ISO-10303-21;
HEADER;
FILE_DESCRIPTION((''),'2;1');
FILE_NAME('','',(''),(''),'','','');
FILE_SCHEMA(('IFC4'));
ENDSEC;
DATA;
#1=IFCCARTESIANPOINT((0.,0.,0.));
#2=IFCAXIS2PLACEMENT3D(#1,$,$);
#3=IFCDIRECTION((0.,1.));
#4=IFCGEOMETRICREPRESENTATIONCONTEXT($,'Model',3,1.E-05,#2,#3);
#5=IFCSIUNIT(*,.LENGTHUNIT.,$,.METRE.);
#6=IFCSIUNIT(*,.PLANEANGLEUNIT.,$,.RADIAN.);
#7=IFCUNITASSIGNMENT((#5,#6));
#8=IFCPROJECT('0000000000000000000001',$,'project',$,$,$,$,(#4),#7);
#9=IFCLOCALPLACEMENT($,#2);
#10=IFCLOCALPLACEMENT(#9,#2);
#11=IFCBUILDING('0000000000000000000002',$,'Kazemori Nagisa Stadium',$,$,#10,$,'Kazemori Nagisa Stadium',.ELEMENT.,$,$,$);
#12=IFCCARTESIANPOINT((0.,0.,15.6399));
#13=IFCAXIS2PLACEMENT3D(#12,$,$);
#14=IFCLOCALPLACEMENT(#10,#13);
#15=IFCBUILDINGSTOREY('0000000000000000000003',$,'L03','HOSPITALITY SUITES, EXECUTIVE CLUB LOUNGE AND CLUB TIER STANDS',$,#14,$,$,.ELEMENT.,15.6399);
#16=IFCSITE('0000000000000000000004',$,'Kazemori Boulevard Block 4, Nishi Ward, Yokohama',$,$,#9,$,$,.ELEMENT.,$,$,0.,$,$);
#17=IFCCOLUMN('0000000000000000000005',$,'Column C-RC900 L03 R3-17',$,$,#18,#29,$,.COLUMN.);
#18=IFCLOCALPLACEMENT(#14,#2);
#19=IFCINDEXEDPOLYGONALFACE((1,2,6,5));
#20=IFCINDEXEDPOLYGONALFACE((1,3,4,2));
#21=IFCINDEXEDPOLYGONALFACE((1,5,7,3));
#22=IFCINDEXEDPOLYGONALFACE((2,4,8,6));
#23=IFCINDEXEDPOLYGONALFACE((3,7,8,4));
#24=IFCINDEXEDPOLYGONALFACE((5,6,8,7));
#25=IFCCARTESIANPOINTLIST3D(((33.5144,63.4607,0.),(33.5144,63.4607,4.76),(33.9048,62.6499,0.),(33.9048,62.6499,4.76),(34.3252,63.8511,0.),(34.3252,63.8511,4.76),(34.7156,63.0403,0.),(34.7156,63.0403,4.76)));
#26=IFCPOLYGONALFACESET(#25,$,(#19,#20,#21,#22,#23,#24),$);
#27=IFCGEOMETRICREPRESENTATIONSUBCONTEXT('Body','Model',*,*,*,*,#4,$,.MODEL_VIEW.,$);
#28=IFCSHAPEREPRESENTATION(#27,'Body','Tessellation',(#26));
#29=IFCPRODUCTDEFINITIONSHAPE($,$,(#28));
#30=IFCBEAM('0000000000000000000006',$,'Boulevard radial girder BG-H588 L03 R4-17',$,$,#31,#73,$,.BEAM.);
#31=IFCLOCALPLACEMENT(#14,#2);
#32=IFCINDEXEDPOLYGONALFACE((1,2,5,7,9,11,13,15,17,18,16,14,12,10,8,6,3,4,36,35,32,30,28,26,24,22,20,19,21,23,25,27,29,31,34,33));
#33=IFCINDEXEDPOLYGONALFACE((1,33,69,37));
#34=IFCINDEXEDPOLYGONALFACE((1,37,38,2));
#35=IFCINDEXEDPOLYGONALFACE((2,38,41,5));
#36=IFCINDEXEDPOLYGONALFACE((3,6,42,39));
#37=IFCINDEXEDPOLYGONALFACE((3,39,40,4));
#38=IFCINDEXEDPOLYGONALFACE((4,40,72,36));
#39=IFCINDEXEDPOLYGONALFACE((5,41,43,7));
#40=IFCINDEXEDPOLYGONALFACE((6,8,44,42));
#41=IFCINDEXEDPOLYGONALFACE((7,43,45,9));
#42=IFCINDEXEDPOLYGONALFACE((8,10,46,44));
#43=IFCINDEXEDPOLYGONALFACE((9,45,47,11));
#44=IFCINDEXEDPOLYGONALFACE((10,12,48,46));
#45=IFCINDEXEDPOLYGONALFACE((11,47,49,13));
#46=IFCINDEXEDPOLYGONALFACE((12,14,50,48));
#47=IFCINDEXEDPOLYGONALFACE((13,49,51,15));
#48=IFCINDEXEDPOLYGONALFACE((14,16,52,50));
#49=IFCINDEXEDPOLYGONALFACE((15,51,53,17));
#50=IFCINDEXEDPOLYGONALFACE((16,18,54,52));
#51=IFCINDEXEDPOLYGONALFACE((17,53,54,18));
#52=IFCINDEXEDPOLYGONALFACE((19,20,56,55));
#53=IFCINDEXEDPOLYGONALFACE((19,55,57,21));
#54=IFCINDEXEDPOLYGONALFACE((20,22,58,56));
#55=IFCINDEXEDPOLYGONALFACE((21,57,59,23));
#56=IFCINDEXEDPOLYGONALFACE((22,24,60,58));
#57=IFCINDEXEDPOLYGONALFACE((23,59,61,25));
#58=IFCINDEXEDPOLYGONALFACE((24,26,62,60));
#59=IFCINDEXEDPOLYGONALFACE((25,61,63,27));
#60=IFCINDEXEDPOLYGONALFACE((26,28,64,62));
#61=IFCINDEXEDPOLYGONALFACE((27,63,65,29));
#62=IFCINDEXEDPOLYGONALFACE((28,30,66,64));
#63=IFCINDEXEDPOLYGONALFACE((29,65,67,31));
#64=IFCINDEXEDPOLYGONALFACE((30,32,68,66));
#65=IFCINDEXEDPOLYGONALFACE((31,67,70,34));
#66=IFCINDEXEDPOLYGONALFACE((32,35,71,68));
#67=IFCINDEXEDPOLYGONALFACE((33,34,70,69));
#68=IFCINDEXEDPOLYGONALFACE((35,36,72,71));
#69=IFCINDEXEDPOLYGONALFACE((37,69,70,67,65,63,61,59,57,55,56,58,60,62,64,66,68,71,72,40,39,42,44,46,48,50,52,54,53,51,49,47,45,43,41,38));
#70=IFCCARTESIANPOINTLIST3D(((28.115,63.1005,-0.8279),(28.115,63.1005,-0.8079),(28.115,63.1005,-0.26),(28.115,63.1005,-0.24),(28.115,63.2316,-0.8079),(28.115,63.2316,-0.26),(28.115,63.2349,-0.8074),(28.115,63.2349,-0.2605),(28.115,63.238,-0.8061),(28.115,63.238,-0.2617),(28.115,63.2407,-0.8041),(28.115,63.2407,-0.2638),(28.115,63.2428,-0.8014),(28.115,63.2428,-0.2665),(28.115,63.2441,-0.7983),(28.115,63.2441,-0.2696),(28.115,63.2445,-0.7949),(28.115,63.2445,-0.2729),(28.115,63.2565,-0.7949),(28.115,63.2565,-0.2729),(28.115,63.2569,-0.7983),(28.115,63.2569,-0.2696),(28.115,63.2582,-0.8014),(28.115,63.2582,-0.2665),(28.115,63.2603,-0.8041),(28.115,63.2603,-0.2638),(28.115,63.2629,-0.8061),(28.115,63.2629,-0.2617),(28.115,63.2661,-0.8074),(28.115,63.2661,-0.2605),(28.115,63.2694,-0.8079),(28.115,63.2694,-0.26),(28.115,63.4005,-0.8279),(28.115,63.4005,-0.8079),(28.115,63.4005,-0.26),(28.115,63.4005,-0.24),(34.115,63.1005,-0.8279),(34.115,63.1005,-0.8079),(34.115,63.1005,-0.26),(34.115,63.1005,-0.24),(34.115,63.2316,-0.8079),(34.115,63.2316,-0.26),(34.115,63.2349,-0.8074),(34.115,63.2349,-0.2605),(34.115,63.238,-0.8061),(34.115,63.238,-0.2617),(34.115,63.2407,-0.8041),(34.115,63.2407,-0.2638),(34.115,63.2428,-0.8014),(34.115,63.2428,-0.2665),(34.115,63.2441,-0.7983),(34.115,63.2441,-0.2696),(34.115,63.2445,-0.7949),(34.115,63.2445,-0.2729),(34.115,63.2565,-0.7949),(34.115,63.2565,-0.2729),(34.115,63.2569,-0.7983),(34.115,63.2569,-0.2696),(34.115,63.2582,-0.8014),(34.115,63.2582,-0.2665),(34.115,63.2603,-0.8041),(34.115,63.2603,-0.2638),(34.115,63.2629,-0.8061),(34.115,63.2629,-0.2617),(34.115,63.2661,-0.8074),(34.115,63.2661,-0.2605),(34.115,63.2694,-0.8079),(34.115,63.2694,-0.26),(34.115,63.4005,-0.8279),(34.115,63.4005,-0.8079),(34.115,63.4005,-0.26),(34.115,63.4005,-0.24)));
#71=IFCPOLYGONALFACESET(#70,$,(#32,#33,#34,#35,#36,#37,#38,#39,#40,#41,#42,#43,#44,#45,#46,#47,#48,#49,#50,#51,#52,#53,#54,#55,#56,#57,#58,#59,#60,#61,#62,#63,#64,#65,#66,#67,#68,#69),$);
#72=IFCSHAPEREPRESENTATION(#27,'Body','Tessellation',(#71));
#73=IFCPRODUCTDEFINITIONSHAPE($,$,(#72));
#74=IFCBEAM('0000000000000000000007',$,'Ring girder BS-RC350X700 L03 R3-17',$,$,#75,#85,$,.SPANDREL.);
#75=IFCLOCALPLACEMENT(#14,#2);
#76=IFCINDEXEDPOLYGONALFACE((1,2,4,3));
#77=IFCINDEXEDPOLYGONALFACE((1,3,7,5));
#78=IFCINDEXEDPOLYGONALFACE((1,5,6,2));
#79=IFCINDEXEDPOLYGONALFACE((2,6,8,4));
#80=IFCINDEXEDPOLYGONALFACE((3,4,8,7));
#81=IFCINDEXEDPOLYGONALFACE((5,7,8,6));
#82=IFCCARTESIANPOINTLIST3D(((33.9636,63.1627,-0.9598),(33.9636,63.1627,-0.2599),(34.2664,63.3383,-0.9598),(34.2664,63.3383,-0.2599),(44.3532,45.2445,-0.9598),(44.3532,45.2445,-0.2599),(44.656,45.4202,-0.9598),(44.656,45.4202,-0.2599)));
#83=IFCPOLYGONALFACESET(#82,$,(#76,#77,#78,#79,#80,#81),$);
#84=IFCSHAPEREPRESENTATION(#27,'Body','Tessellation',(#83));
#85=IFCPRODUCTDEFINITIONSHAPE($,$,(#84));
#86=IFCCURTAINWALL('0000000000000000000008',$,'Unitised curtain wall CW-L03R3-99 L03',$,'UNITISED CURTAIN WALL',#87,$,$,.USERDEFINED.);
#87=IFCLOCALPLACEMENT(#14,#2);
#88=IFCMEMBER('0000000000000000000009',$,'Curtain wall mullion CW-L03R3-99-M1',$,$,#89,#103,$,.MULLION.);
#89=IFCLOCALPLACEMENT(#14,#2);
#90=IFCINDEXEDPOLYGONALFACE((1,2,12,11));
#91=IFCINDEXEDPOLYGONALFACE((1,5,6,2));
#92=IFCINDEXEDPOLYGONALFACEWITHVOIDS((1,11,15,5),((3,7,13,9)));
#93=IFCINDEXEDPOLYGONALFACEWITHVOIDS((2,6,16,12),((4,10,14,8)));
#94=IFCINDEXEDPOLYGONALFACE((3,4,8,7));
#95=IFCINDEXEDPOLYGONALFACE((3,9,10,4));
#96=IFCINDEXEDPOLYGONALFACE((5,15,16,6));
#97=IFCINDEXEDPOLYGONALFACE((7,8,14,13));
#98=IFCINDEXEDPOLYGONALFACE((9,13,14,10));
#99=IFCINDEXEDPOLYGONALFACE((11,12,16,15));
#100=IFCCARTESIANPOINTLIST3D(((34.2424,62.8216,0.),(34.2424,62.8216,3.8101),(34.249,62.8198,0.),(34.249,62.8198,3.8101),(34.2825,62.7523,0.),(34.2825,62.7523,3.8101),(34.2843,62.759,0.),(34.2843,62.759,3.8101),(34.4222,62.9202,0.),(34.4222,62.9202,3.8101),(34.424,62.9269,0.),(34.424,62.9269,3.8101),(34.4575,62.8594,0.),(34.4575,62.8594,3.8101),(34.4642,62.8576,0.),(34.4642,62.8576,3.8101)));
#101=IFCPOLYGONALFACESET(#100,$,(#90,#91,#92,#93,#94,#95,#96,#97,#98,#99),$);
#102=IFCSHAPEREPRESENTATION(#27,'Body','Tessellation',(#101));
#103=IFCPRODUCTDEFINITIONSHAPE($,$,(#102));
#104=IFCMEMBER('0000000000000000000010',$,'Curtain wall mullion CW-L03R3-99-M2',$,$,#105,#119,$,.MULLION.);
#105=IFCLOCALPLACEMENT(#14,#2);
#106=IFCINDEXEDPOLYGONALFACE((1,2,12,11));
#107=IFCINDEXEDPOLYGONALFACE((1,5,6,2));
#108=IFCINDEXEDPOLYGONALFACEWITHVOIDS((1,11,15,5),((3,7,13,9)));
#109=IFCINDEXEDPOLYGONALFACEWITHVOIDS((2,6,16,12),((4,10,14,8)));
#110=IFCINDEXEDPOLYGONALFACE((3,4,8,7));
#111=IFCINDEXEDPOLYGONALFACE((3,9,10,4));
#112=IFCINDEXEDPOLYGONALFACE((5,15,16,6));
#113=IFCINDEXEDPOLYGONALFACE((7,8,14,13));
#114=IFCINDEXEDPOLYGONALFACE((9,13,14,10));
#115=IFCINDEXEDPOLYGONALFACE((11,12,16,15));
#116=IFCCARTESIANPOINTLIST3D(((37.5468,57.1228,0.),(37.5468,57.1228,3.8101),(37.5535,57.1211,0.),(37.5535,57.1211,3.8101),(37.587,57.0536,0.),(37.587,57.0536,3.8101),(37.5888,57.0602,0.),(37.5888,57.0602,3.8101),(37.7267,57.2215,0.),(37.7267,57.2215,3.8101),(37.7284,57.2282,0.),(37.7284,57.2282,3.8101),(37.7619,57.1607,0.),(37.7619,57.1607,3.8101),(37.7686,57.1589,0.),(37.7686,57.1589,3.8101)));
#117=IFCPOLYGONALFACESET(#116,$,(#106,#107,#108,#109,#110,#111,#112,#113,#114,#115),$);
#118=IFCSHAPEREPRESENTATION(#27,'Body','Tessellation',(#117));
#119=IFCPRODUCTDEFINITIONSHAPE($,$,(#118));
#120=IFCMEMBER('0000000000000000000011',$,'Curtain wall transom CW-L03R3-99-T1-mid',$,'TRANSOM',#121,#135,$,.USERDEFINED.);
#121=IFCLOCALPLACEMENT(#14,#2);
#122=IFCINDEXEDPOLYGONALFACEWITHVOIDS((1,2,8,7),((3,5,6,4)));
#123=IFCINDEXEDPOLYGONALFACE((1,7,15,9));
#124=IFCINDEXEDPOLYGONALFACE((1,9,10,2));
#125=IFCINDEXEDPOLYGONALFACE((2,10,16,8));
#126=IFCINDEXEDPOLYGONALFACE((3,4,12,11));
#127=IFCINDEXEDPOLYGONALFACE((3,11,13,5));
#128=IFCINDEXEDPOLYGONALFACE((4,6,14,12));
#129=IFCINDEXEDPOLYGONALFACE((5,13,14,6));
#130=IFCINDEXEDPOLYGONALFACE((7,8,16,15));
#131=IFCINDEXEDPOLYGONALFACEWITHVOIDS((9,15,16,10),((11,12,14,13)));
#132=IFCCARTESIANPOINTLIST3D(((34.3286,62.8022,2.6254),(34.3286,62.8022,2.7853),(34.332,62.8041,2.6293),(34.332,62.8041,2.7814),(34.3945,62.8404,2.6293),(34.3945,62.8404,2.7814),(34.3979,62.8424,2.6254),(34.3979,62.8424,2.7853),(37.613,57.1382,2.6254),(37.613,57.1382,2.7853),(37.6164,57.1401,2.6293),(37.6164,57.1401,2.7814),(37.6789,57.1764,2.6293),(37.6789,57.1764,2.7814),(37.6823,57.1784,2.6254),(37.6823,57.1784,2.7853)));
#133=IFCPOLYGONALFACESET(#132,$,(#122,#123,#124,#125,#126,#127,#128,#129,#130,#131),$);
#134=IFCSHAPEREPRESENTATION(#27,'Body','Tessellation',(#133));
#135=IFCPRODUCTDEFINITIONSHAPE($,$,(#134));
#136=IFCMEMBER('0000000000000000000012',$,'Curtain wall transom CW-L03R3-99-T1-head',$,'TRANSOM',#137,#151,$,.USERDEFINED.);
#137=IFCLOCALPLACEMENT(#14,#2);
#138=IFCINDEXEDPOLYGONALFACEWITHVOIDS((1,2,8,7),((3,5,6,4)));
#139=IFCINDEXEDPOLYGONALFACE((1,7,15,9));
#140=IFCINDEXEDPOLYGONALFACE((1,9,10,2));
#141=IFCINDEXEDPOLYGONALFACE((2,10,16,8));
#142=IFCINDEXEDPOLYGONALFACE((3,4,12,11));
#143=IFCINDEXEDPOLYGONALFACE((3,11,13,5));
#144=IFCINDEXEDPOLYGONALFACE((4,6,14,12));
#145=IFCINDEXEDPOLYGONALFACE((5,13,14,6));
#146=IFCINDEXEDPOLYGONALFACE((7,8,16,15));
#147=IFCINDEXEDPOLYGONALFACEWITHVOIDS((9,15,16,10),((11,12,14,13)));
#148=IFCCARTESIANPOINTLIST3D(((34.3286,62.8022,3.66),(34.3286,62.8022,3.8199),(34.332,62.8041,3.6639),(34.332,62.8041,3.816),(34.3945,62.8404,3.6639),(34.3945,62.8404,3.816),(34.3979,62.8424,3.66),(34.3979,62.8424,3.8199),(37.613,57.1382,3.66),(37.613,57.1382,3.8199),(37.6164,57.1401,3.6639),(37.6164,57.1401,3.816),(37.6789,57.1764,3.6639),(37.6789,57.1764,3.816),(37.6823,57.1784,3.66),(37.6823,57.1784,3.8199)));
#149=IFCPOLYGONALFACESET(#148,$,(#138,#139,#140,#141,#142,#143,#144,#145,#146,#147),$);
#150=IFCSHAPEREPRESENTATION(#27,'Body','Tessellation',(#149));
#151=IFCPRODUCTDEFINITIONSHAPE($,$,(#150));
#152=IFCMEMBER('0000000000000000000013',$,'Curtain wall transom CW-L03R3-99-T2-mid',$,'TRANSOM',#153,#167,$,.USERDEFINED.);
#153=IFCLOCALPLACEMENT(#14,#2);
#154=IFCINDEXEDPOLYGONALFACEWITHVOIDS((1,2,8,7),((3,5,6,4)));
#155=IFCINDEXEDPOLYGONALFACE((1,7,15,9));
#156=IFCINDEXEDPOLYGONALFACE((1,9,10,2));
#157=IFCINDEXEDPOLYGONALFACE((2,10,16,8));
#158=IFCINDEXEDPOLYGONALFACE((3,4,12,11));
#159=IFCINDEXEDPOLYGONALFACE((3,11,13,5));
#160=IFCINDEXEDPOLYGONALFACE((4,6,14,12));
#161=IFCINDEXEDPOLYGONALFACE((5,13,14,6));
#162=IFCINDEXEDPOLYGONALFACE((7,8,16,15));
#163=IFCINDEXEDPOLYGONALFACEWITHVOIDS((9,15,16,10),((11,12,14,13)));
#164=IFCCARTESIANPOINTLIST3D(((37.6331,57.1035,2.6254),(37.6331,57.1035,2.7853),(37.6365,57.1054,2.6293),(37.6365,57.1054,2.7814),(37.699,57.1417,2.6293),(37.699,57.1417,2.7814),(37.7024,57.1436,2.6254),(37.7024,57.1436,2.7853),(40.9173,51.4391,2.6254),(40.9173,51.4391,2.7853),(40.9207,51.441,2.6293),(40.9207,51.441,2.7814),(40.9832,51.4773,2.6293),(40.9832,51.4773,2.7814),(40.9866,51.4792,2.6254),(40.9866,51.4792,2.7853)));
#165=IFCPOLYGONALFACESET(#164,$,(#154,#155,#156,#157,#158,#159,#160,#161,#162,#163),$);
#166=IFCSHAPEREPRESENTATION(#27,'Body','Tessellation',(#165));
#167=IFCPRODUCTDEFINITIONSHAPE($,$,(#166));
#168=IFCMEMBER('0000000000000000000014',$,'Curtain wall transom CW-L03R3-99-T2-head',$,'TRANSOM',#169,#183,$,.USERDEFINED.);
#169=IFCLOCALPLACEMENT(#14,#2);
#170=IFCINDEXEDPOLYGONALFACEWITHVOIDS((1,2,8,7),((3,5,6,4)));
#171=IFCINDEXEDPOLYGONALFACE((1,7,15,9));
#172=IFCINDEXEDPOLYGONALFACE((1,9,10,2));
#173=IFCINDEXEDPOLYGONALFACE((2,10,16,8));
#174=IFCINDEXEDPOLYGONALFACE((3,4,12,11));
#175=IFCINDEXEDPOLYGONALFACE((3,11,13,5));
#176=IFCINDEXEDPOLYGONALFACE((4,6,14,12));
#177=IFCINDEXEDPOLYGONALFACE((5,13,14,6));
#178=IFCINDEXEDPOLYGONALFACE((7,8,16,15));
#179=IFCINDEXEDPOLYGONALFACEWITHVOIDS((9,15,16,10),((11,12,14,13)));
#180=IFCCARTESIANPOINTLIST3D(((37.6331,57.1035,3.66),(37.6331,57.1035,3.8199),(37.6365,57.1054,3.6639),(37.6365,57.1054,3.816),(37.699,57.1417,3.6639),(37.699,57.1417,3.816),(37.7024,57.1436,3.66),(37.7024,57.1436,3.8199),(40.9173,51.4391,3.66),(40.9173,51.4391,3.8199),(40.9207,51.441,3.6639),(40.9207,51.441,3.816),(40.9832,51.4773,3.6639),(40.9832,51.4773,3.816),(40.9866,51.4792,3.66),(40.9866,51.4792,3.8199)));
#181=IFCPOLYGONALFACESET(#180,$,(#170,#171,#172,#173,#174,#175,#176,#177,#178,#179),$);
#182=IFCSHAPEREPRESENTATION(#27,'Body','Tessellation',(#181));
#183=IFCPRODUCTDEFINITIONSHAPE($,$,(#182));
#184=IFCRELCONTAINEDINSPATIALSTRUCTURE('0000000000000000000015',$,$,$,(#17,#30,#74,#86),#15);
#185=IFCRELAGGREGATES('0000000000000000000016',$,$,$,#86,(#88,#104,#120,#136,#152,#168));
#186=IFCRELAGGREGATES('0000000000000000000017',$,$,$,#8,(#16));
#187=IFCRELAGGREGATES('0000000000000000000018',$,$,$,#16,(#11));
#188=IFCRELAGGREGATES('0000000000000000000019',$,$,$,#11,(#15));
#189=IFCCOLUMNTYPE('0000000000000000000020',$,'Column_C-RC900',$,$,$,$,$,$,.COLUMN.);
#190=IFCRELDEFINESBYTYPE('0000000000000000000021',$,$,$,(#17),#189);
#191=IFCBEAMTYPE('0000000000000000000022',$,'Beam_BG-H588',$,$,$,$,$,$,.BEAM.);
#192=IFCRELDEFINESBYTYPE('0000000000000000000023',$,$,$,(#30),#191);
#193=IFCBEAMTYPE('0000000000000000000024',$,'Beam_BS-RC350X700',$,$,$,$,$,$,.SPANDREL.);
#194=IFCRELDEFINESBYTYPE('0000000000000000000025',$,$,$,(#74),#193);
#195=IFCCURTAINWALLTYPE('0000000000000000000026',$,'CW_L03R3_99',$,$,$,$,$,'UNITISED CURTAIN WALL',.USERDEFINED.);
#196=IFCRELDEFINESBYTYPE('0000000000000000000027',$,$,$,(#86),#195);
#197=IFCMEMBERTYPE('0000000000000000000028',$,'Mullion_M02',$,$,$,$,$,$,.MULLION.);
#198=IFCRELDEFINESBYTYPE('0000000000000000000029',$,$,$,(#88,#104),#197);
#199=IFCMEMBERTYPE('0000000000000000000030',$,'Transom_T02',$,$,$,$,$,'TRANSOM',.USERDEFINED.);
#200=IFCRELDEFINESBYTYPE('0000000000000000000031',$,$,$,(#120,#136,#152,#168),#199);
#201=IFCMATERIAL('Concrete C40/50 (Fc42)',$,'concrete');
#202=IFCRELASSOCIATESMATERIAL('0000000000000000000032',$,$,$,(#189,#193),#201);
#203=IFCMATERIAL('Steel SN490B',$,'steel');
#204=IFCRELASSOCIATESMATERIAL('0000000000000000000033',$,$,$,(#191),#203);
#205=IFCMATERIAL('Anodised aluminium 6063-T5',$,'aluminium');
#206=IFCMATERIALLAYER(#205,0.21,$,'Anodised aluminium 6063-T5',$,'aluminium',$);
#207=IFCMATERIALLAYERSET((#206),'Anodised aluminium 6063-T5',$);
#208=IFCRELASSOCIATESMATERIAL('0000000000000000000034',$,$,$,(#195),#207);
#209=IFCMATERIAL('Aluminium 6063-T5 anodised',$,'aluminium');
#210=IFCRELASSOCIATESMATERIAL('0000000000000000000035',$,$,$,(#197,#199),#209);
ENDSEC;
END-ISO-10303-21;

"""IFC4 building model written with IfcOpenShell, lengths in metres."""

from ifc_helpers import new_model, si_unit, direction, frame, origin, origin_2d, place, context, subcontext, project, spatial, rectangle, hollow_rectangle, i_section, extrude, material, layer, layer_set, material_profile, profile_set, type_object, element, aggregate, save


model = new_model("IFC4")

# Units and contexts
model_context = context("Model", 3, precision=1e-05, world=origin(), true_north=direction((0.0, 1.0)))
body_context = subcontext(model_context, "Body", "Model", "MODEL_VIEW")
ifc_project = project(units=[si_unit("LENGTHUNIT", "METRE"), si_unit("PLANEANGLEUNIT", "RADIAN")], contexts=[model_context])

# Site, building, storey
site_placement = place(None, origin())
site = spatial("IfcSite", under=ifc_project, at=site_placement, Name="Kazemori Boulevard Block 4, Nishi Ward, Yokohama", CompositionType="ELEMENT", RefElevation=0.0)
building_placement = place(site_placement, origin())
building = spatial("IfcBuilding", under=site, at=building_placement, Name="Kazemori Nagisa Stadium", LongName="Kazemori Nagisa Stadium", CompositionType="ELEMENT")
storey_placement = place(building_placement, frame((0.0, 0.0, 15.6399)))
storey = spatial("IfcBuildingStorey", under=building, at=storey_placement, Name="L03", Description="HOSPITALITY SUITES, EXECUTIVE CLUB LOUNGE AND CLUB TIER STANDS", CompositionType="ELEMENT", Elevation=15.6399)

# Column
ifc_material_1 = material(Name="Concrete C40/50 (Fc42)", Category="concrete")
ifc_material_profile_1 = material_profile(ifc_material_1, rectangle(XDim=0.8999, YDim=0.8999, at=origin_2d()), Name="RC-COL-900x900")
ifc_profile_set_1 = profile_set([ifc_material_profile_1], Name="Concrete C40/50 (Fc42)")
column_type = type_object("IfcColumnType", Name="Column_C-RC900", PredefinedType="COLUMN", material=ifc_profile_set_1)
column_placement = place(storey_placement, frame((34.115, 63.2505, 0.0), z_axis=(0.0, 0.0, 1.0), x_axis=(-0.900969, -0.433884, 0.0)))
element("IfcColumn", 1, at=column_placement, inside=storey, type_object=column_type, Name="Column C-RC900 L03 R3-17", PredefinedType="COLUMN", context=body_context, shape_type="SweptSolid", body=[
    extrude(rectangle(XDim=0.8999, YDim=0.8999, at=origin_2d()), origin(), (0.0, 0.0, 1.0), 4.76),
])

# Beams
ifc_material_2 = material(Name="Steel SN490B", Category="steel")
ifc_material_profile_2 = material_profile(ifc_material_2, i_section(OverallWidth=0.3, OverallDepth=0.5879, WebThickness=0.012, FlangeThickness=0.02, FilletRadius=0.0129, at=origin_2d()), Name="H-588x300x12x20")
ifc_profile_set_2 = profile_set([ifc_material_profile_2], Name="Steel SN490B")
beam_type_1 = type_object("IfcBeamType", Name="Beam_BG-H588", PredefinedType="BEAM", material=ifc_profile_set_2)
beam_1_placement = place(storey_placement, frame((34.115, 63.2505, -0.5339), z_axis=(-1.0, 0.0, 0.0), x_axis=(0.0, -1.0, 0.0)))
element("IfcBeam", 2, at=beam_1_placement, inside=storey, type_object=beam_type_1, Name="Boulevard radial girder BG-H588 L03 R4-17", PredefinedType="BEAM", context=body_context, shape_type="SweptSolid", body=[
    extrude(i_section(OverallWidth=0.3, OverallDepth=0.5879, WebThickness=0.012, FlangeThickness=0.02, FilletRadius=0.0129, at=origin_2d()), origin(), (0.0, 0.0, 1.0), 6.0),
])
ifc_material_profile_3 = material_profile(ifc_material_1, rectangle(XDim=0.3501, YDim=0.7, at=origin_2d()), Name="RC-SP-350x700")
ifc_profile_set_3 = profile_set([ifc_material_profile_3], Name="Concrete C40/50 (Fc42)")
beam_type_2 = type_object("IfcBeamType", Name="Beam_BS-RC350X700", PredefinedType="SPANDREL", material=ifc_profile_set_3)
beam_2_placement = place(storey_placement, frame((34.115, 63.2505, -0.6099), z_axis=(0.501613, -0.865092, 0.0), x_axis=(0.865092, 0.501613, 0.0)))
element("IfcBeam", 3, at=beam_2_placement, inside=storey, type_object=beam_type_2, Name="Ring girder BS-RC350X700 L03 R3-17", PredefinedType="SPANDREL", context=body_context, shape_type="SweptSolid", body=[
    extrude(rectangle(XDim=0.3501, YDim=0.7, at=origin_2d()), origin(), (0.0, 0.0, 1.0), 20.7124),
])

# Curtain wall, members
ifc_material_3 = material(Name="Anodised aluminium 6063-T5", Category="aluminium")
ifc_layer_1 = layer(ifc_material_3, 0.21, Name="Anodised aluminium 6063-T5", Category="aluminium")
ifc_layer_set_1 = layer_set([ifc_layer_1], Name="Anodised aluminium 6063-T5")
curtain_wall_type = type_object("IfcCurtainWallType", Name="CW_L03R3_99", ElementType="UNITISED CURTAIN WALL", PredefinedType="USERDEFINED", material=ifc_layer_set_1)
curtain_wall_placement = place(storey_placement, origin())
curtain_wall = element("IfcCurtainWall", 4, at=curtain_wall_placement, inside=storey, type_object=curtain_wall_type, Name="Unitised curtain wall CW-L03R3-99 L03", ObjectType="UNITISED CURTAIN WALL", PredefinedType="USERDEFINED")
ifc_material_4 = material(Name="Aluminium 6063-T5 anodised", Category="aluminium")
ifc_material_profile_4 = material_profile(ifc_material_4, hollow_rectangle(XDim=0.0801, YDim=0.21, WallThickness=0.0049, at=origin_2d()), Name="ALU-MULL-80x210x5")
ifc_profile_set_4 = profile_set([ifc_material_profile_4], Name="Aluminium 6063-T5 anodised")
member_type_1 = type_object("IfcMemberType", Name="Mullion_M02", PredefinedType="MULLION", material=ifc_profile_set_4)
member_1_placement = place(storey_placement, frame((34.3533, 62.8396, 0.0), z_axis=(0.0, 0.0, 1.0), x_axis=(0.501612, -0.865093, 0.0)))
member_1 = element("IfcMember", 5, at=member_1_placement, type_object=member_type_1, Name="Curtain wall mullion CW-L03R3-99-M1", PredefinedType="MULLION", context=body_context, shape_type="SweptSolid", body=[
    extrude(hollow_rectangle(XDim=0.0801, YDim=0.21, WallThickness=0.0049, at=origin_2d()), origin(), (0.0, 0.0, 1.0), 3.8101),
])
member_2_placement = place(storey_placement, frame((37.6577, 57.1409, 0.0), z_axis=(0.0, 0.0, 1.0), x_axis=(0.501612, -0.865093, 0.0)))
member_2 = element("IfcMember", 6, at=member_2_placement, type_object=member_type_1, Name="Curtain wall mullion CW-L03R3-99-M2", PredefinedType="MULLION", context=body_context, shape_type="SweptSolid", body=[
    extrude(hollow_rectangle(XDim=0.0801, YDim=0.21, WallThickness=0.0049, at=origin_2d()), origin(), (0.0, 0.0, 1.0), 3.8101),
])
ifc_material_profile_5 = material_profile(ifc_material_4, hollow_rectangle(XDim=0.0801, YDim=0.1599, WallThickness=0.0039, at=origin_2d()), Name="ALU-TRAN-80x160x4")
ifc_profile_set_5 = profile_set([ifc_material_profile_5], Name="Aluminium 6063-T5 anodised")
member_type_2 = type_object("IfcMemberType", Name="Transom_T02", ElementType="TRANSOM", PredefinedType="USERDEFINED", material=ifc_profile_set_5)
member_3_placement = place(storey_placement, frame((34.3633, 62.8223, 2.7053), z_axis=(0.501634, -0.86508, 0.0), x_axis=(0.86508, 0.501634, 0.0)))
member_3 = element("IfcMember", 7, at=member_3_placement, type_object=member_type_2, Name="Curtain wall transom CW-L03R3-99-T1-mid", ObjectType="TRANSOM", PredefinedType="USERDEFINED", context=body_context, shape_type="SweptSolid", body=[
    extrude(hollow_rectangle(XDim=0.0801, YDim=0.1599, WallThickness=0.0039, at=origin_2d()), origin(), (0.0, 0.0, 1.0), 6.5474),
])
member_4_placement = place(storey_placement, frame((34.3633, 62.8223, 3.74), z_axis=(0.501634, -0.86508, 0.0), x_axis=(0.86508, 0.501634, 0.0)))
member_4 = element("IfcMember", 8, at=member_4_placement, type_object=member_type_2, Name="Curtain wall transom CW-L03R3-99-T1-head", ObjectType="TRANSOM", PredefinedType="USERDEFINED", context=body_context, shape_type="SweptSolid", body=[
    extrude(hollow_rectangle(XDim=0.0801, YDim=0.1599, WallThickness=0.0039, at=origin_2d()), origin(), (0.0, 0.0, 1.0), 6.5474),
])
member_5_placement = place(storey_placement, frame((37.6677, 57.1235, 2.7053), z_axis=(0.50159, -0.865105, 0.0), x_axis=(0.865105, 0.50159, 0.0)))
member_5 = element("IfcMember", 9, at=member_5_placement, type_object=member_type_2, Name="Curtain wall transom CW-L03R3-99-T2-mid", ObjectType="TRANSOM", PredefinedType="USERDEFINED", context=body_context, shape_type="SweptSolid", body=[
    extrude(hollow_rectangle(XDim=0.0801, YDim=0.1599, WallThickness=0.0039, at=origin_2d()), origin(), (0.0, 0.0, 1.0), 6.5476),
])
member_6_placement = place(storey_placement, frame((37.6677, 57.1235, 3.74), z_axis=(0.50159, -0.865105, 0.0), x_axis=(0.865105, 0.50159, 0.0)))
member_6 = element("IfcMember", 10, at=member_6_placement, type_object=member_type_2, Name="Curtain wall transom CW-L03R3-99-T2-head", ObjectType="TRANSOM", PredefinedType="USERDEFINED", context=body_context, shape_type="SweptSolid", body=[
    extrude(hollow_rectangle(XDim=0.0801, YDim=0.1599, WallThickness=0.0039, at=origin_2d()), origin(), (0.0, 0.0, 1.0), 6.5476),
])
aggregate(curtain_wall, [member_1, member_2, member_3, member_4, member_5, member_6])

save(model, "model.ifc")
